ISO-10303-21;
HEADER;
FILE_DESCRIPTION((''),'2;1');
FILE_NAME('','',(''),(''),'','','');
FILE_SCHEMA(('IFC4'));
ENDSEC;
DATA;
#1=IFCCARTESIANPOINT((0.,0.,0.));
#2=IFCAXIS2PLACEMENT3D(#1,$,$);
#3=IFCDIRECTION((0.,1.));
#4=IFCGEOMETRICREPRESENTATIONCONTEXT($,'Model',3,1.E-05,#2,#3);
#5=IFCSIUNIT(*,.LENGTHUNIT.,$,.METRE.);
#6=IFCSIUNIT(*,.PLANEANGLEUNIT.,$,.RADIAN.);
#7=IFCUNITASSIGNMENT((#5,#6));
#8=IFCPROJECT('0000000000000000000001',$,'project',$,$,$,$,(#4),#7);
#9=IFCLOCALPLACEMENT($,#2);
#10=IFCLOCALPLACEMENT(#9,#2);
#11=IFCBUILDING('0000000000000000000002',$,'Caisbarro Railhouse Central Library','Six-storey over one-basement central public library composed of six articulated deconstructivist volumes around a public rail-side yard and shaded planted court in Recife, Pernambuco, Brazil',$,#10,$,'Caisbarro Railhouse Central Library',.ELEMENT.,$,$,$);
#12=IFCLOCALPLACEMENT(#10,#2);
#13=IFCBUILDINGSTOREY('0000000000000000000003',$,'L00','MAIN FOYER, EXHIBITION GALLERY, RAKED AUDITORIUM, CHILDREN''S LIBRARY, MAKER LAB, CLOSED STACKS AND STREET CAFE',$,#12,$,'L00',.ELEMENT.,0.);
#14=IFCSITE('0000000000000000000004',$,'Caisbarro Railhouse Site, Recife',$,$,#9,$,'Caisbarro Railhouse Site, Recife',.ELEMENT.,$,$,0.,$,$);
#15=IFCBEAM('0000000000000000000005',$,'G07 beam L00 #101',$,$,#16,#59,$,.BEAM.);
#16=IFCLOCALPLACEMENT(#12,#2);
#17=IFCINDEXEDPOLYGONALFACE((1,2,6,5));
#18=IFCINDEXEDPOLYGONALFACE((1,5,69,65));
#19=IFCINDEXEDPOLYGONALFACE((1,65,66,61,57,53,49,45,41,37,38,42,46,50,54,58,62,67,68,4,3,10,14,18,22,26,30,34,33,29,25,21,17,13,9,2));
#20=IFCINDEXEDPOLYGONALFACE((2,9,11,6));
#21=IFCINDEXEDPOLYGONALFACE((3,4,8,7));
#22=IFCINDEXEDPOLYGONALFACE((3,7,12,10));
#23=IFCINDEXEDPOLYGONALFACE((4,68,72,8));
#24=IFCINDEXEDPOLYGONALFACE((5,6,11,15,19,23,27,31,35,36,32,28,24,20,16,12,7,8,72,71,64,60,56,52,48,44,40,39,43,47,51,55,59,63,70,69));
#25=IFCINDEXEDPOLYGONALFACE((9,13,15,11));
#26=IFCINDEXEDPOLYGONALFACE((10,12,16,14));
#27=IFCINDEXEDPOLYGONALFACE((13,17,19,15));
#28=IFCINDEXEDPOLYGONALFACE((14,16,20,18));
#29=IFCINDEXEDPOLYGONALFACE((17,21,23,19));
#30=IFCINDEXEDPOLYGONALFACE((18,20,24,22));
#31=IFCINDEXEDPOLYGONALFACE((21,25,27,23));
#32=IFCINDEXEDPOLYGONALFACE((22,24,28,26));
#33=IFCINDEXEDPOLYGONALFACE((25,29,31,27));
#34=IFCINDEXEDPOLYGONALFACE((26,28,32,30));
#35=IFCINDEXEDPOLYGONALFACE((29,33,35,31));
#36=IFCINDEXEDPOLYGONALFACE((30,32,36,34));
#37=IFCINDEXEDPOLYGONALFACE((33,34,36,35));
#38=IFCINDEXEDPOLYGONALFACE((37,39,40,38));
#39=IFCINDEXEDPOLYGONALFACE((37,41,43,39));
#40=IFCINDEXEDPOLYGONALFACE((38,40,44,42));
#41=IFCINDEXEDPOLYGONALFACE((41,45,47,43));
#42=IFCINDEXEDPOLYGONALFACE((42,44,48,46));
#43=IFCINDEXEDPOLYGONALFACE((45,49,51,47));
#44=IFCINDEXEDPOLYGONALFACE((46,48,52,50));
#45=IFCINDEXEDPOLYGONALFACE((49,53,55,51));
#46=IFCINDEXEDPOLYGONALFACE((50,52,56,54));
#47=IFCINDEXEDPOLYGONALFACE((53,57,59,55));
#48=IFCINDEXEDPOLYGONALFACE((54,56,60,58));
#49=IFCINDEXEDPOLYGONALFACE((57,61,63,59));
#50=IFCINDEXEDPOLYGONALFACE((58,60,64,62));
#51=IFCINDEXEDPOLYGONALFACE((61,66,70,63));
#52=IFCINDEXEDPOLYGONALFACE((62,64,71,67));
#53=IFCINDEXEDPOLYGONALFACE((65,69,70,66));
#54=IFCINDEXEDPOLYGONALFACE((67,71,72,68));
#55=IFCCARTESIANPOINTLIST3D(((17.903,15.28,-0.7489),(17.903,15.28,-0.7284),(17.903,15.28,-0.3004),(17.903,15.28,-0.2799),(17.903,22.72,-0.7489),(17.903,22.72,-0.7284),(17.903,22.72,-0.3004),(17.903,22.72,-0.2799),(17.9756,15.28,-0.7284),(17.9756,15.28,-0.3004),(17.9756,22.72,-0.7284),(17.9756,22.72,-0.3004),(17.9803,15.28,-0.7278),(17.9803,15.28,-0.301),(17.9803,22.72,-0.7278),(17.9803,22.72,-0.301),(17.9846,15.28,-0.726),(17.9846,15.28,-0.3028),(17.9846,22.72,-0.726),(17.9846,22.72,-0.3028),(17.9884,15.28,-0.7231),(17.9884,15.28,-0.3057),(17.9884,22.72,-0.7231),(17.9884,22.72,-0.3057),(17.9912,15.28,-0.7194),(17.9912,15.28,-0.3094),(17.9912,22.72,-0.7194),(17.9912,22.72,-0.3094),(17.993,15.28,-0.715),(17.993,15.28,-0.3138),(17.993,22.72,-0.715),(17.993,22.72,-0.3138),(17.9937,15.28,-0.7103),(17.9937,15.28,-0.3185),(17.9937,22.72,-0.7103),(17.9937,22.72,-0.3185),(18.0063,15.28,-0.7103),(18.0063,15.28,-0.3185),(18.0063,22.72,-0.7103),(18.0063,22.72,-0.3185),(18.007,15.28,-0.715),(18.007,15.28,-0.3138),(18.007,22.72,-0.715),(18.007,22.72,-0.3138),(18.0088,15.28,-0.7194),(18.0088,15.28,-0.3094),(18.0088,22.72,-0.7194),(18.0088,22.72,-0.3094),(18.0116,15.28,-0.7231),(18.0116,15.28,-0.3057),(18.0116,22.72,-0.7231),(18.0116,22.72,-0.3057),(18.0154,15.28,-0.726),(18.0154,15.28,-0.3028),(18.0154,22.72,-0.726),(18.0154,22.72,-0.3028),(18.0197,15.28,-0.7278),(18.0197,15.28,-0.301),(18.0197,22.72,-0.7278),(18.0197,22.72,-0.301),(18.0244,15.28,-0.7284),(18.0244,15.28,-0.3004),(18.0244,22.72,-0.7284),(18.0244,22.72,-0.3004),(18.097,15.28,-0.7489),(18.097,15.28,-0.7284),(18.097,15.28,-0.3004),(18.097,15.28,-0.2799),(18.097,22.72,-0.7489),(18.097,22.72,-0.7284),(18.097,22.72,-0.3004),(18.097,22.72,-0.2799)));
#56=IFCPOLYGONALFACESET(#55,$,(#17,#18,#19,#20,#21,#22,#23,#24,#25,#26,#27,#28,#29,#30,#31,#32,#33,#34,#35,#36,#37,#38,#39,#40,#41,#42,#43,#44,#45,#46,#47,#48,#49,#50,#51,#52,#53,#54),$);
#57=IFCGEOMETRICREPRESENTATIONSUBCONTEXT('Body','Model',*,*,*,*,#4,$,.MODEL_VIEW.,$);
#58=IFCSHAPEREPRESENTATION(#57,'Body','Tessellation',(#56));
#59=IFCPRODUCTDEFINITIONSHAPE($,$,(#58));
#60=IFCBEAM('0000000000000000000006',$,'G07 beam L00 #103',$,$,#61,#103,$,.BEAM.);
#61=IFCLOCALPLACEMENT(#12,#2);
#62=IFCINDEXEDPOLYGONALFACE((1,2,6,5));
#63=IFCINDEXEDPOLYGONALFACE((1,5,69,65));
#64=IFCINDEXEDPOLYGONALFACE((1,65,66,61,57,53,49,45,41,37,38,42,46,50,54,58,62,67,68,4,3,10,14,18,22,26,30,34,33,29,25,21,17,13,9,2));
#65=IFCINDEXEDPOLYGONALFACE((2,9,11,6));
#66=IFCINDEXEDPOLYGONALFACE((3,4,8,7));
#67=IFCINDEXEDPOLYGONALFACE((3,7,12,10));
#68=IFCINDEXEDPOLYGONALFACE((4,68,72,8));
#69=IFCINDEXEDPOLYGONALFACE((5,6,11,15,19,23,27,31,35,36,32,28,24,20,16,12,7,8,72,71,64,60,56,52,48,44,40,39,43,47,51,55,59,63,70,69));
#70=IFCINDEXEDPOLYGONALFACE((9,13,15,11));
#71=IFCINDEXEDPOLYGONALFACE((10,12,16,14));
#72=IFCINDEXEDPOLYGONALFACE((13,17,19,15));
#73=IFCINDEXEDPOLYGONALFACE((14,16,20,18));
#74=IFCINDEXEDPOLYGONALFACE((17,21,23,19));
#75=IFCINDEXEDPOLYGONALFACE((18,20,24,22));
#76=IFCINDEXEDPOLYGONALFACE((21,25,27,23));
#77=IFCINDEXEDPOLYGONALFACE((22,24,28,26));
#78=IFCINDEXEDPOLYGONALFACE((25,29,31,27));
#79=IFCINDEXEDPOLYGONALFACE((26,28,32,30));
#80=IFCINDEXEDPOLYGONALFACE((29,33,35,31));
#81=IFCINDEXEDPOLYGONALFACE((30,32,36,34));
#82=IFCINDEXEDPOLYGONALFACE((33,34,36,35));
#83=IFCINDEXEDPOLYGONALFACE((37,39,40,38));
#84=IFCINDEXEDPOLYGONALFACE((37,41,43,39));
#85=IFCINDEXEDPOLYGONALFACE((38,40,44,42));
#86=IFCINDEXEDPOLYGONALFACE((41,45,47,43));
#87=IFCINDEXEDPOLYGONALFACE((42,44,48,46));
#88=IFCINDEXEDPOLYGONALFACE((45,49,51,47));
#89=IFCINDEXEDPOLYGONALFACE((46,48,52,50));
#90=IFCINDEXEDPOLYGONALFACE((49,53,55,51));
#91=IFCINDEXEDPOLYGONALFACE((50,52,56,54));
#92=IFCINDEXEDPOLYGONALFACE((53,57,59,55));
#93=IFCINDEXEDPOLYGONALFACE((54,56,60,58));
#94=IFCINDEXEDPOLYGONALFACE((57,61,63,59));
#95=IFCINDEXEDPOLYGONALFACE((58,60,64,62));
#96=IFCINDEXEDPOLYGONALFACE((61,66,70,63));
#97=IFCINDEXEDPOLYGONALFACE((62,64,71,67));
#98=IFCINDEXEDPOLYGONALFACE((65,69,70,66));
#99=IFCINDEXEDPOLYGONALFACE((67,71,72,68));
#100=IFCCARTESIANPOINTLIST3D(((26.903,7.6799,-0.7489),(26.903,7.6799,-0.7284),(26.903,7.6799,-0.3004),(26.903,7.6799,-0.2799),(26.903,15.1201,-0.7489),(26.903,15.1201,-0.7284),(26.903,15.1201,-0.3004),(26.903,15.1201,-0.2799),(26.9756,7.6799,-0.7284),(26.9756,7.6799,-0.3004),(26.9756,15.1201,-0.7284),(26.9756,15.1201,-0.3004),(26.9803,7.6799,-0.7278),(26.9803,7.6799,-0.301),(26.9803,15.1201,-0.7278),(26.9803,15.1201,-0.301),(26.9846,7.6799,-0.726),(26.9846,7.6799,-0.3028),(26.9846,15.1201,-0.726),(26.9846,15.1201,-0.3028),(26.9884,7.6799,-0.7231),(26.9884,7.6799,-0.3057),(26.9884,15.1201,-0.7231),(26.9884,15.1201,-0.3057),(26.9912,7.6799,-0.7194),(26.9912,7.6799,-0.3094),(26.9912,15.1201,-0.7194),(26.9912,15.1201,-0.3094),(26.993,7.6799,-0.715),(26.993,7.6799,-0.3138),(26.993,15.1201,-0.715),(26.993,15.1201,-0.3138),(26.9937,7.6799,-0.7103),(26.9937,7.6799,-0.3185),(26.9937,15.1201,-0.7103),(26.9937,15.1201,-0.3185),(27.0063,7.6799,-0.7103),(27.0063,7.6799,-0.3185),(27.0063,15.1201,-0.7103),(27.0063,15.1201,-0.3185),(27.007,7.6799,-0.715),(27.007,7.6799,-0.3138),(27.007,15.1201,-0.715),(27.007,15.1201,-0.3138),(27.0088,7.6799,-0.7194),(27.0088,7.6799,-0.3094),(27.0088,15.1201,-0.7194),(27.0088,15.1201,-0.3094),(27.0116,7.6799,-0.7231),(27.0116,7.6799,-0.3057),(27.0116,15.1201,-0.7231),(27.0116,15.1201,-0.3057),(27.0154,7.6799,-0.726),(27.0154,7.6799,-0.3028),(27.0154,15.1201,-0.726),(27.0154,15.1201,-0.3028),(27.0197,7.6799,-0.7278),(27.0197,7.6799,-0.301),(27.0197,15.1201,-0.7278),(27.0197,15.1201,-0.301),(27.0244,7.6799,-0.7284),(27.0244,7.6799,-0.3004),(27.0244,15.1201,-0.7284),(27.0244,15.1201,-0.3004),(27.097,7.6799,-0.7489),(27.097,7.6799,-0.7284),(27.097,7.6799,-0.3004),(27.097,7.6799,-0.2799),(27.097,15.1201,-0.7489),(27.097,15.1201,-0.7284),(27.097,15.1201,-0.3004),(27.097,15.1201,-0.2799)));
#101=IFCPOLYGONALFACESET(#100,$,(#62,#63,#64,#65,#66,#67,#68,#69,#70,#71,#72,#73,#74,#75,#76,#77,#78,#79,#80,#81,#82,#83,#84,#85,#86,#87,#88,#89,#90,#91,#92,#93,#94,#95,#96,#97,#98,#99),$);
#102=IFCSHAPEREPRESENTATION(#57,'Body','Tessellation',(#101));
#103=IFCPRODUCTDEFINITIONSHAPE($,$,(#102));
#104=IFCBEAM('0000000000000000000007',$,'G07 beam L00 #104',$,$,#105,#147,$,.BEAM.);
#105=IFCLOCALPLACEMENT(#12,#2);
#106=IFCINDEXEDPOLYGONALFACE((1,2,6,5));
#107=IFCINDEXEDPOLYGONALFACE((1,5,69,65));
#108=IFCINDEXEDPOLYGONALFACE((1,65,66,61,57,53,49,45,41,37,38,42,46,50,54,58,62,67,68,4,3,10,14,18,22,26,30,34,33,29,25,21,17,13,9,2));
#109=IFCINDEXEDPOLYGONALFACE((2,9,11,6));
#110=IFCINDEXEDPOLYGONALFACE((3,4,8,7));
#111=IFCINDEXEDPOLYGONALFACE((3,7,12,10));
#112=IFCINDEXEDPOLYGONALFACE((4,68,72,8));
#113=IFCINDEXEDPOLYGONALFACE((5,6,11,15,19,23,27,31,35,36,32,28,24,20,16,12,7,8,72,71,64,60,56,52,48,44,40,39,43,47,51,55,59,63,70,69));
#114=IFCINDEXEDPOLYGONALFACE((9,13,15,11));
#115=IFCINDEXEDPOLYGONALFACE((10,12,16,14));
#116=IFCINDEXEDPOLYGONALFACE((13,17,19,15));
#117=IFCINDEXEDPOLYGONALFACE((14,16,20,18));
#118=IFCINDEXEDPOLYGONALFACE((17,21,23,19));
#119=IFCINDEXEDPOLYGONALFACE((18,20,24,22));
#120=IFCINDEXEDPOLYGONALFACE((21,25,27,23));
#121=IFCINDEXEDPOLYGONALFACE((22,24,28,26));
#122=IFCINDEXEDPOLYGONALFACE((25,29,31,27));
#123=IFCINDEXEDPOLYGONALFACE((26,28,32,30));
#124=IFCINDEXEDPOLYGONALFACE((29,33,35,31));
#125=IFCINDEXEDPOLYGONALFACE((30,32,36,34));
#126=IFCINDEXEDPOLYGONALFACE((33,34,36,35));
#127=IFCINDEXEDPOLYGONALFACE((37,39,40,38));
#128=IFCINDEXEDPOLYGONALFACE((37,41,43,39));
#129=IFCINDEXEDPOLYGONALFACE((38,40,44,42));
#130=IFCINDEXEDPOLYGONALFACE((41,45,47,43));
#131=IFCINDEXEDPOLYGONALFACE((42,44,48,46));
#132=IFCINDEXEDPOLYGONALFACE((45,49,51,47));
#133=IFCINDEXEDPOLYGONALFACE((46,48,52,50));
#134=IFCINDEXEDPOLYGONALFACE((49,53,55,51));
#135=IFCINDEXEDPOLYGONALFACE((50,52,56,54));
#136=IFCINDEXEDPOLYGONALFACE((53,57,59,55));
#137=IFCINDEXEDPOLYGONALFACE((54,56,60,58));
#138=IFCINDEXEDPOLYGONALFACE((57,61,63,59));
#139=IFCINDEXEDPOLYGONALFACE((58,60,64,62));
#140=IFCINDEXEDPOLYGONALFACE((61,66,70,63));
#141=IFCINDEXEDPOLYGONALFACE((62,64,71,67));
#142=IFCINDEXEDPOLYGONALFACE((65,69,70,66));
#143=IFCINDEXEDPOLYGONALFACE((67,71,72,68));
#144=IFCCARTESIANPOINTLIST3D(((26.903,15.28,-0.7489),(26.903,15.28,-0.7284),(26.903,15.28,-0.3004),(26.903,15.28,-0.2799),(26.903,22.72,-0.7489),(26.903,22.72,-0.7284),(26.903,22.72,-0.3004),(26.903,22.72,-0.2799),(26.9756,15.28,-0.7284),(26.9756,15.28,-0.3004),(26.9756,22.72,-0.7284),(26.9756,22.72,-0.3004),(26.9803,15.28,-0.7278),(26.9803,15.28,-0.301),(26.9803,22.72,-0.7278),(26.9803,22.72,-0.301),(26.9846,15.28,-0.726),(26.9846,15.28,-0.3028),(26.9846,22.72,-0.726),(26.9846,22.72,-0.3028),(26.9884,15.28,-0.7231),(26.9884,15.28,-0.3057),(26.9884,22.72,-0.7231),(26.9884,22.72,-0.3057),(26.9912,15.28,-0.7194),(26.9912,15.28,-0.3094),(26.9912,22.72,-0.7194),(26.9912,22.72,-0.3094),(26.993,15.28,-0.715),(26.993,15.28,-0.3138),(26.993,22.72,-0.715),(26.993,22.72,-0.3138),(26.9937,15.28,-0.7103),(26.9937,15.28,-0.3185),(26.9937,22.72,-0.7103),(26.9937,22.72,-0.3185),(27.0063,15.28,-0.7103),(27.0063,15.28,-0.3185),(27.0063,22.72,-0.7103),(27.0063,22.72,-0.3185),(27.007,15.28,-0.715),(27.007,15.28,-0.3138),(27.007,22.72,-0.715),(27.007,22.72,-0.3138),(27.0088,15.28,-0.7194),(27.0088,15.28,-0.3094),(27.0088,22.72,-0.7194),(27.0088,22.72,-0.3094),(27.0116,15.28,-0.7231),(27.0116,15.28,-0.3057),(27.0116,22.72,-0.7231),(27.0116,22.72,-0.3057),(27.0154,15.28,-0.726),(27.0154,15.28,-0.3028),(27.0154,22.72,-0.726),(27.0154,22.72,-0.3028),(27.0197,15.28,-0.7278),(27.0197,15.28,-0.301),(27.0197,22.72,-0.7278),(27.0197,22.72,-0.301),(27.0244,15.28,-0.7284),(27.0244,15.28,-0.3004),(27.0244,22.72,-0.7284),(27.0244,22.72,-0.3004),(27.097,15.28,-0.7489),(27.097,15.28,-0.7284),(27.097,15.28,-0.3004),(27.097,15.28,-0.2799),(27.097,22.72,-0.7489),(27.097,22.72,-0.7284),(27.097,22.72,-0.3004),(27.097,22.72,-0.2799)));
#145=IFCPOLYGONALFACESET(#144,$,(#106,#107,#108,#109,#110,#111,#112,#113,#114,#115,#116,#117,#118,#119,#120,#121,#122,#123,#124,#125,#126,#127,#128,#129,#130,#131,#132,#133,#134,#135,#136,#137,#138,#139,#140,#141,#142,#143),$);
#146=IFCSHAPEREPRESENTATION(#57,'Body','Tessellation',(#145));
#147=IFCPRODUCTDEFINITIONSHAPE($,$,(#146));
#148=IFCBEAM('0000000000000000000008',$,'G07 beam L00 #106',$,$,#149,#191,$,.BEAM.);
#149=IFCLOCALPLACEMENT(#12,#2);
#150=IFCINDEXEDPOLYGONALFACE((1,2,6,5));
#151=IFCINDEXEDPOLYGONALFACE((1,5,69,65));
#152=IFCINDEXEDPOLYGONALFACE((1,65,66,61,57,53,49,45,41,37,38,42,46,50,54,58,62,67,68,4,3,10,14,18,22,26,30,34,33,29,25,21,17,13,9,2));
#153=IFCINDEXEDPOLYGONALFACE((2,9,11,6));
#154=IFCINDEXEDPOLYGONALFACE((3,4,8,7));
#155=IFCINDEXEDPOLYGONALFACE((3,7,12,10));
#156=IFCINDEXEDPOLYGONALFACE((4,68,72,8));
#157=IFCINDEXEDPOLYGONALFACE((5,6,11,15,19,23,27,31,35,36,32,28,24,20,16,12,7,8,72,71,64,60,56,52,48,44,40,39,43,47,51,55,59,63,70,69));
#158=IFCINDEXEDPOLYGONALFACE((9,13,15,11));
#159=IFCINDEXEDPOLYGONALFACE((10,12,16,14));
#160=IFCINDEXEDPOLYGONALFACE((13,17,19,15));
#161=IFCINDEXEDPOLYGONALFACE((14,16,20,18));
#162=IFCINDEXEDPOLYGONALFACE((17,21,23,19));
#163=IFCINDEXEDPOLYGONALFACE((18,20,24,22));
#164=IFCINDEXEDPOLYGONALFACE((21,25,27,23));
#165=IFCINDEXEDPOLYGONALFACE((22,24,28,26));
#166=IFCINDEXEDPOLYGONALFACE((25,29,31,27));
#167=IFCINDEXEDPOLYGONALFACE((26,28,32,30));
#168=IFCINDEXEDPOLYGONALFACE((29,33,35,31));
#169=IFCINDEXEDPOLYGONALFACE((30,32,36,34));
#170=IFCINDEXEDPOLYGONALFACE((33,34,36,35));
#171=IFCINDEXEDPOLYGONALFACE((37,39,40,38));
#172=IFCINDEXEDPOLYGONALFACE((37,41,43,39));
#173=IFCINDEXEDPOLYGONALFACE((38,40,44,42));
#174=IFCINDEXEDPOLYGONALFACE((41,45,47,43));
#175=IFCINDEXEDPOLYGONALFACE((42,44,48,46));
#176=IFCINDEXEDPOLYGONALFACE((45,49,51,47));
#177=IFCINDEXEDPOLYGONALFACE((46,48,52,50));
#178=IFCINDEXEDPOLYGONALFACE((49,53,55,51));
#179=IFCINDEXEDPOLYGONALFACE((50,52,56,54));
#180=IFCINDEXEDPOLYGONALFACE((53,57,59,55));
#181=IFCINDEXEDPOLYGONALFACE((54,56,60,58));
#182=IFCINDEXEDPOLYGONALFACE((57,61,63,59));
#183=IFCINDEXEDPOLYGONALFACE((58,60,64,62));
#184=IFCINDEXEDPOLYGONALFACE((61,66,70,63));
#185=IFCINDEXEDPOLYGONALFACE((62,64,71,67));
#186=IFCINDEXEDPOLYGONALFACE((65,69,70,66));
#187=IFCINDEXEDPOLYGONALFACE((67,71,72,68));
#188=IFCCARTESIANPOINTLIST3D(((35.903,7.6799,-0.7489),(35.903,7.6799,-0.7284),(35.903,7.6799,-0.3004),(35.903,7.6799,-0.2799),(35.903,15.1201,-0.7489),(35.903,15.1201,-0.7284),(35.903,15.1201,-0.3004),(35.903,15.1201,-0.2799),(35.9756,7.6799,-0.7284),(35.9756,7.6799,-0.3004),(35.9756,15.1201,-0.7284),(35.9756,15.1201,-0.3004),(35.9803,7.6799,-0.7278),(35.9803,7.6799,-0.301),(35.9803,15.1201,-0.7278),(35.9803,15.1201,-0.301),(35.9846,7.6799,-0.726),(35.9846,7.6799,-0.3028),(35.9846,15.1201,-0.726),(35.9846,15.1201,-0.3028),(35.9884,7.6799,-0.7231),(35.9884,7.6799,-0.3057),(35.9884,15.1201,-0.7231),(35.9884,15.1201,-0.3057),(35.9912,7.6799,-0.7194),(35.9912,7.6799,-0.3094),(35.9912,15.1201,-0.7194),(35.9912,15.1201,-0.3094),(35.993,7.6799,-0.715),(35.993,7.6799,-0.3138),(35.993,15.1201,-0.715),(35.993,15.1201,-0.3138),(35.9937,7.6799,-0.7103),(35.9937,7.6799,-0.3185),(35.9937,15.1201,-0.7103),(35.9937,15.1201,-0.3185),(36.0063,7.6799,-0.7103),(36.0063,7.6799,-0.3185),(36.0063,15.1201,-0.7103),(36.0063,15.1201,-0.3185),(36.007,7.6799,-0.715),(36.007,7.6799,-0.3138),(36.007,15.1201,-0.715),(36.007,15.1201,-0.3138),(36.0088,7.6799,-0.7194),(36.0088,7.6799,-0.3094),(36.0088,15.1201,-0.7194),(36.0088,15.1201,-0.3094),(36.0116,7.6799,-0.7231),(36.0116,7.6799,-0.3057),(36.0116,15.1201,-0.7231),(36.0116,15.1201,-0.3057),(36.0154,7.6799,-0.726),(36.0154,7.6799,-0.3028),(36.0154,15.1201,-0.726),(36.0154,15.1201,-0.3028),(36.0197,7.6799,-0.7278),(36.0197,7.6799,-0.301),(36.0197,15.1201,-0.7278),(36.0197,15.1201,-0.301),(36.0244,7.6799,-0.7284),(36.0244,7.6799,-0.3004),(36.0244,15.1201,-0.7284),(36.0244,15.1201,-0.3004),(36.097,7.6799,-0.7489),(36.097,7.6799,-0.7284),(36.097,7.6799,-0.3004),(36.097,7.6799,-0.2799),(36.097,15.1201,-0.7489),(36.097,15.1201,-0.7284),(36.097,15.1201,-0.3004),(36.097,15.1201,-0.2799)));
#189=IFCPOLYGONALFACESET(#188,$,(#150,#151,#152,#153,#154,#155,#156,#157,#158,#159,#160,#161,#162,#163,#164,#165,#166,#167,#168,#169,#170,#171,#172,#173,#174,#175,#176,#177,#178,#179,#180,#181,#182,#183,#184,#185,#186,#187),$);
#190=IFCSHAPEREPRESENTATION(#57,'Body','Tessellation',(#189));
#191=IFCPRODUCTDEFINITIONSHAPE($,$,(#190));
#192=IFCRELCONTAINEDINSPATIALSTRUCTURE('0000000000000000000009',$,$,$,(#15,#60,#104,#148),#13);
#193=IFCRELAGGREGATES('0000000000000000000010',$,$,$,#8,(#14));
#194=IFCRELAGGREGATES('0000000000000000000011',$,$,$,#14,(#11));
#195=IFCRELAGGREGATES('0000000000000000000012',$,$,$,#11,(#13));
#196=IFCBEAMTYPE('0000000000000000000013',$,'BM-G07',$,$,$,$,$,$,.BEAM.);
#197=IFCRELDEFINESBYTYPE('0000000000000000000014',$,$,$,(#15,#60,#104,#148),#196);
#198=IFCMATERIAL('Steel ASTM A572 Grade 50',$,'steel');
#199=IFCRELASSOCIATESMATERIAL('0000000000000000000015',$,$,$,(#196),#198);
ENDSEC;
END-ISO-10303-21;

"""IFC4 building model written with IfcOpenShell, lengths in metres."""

from ifc_helpers import new_model, si_unit, direction, frame, origin, origin_2d, place, context, subcontext, project, spatial, i_section, extrude, material, material_profile, profile_set, type_object, element, save


model = new_model("IFC4")

# Units and contexts
model_context = context("Model", 3, precision=1e-05, world=origin(), true_north=direction((0.0, 1.0)))
body_context = subcontext(model_context, "Body", "Model", "MODEL_VIEW")
ifc_project = project(units=[si_unit("LENGTHUNIT", "METRE"), si_unit("PLANEANGLEUNIT", "RADIAN")], contexts=[model_context])

# Site, building, storey
site_placement = place(None, origin())
site = spatial("IfcSite", under=ifc_project, at=site_placement, Name="Caisbarro Railhouse Site, Recife", LongName="Caisbarro Railhouse Site, Recife", CompositionType="ELEMENT", RefElevation=0.0)
building_placement = place(site_placement, origin())
building = spatial("IfcBuilding", under=site, at=building_placement, Name="Caisbarro Railhouse Central Library", Description="Six-storey over one-basement central public library composed of six articulated deconstructivist volumes around a public rail-side yard and shaded planted court in Recife, Pernambuco, Brazil", LongName="Caisbarro Railhouse Central Library", CompositionType="ELEMENT")
storey_placement = place(building_placement, origin())
storey = spatial("IfcBuildingStorey", under=building, at=storey_placement, Name="L00", Description="MAIN FOYER, EXHIBITION GALLERY, RAKED AUDITORIUM, CHILDREN'S LIBRARY, MAKER LAB, CLOSED STACKS AND STREET CAFE", LongName="L00", CompositionType="ELEMENT", Elevation=0.0)

# Shared definitions
ifc_material_1 = material(Name="Steel ASTM A572 Grade 50", Category="steel")

# Beams
ifc_material_profile_1 = material_profile(ifc_material_1, i_section(OverallWidth=0.1941, OverallDepth=0.469, WebThickness=0.0127, FlangeThickness=0.0205, FilletRadius=0.0181, at=origin_2d()), Name="W460X106.0")
ifc_profile_set_1 = profile_set([ifc_material_profile_1], Name="Steel ASTM A572 Grade 50")
beam_type_1 = type_object("IfcBeamType", Name="BM-G07", PredefinedType="BEAM", material=ifc_profile_set_1)
beam_1_placement = place(storey_placement, frame((18.0, 15.28, -0.5144), z_axis=(0.0, 1.0, 0.0), x_axis=(-1.0, 0.0, 0.0)))
element("IfcBeam", 1, at=beam_1_placement, inside=storey, type_object=beam_type_1, Name="G07 beam L00 #101", PredefinedType="BEAM", context=body_context, shape_type="SweptSolid", body=[
    extrude(i_section(OverallWidth=0.1941, OverallDepth=0.469, WebThickness=0.0127, FlangeThickness=0.0205, FilletRadius=0.0181, at=origin_2d()), origin(), (0.0, 0.0, 1.0), 7.4399),
])
beam_2_placement = place(storey_placement, frame((27.0, 7.6799, -0.5144), z_axis=(0.0, 1.0, 0.0), x_axis=(-1.0, 0.0, 0.0)))
element("IfcBeam", 2, at=beam_2_placement, inside=storey, type_object=beam_type_1, Name="G07 beam L00 #103", PredefinedType="BEAM", context=body_context, shape_type="SweptSolid", body=[
    extrude(i_section(OverallWidth=0.1941, OverallDepth=0.469, WebThickness=0.0127, FlangeThickness=0.0205, FilletRadius=0.0181, at=origin_2d()), origin(), (0.0, 0.0, 1.0), 7.4402),
])
beam_3_placement = place(storey_placement, frame((27.0, 15.28, -0.5144), z_axis=(0.0, 1.0, 0.0), x_axis=(-1.0, 0.0, 0.0)))
element("IfcBeam", 3, at=beam_3_placement, inside=storey, type_object=beam_type_1, Name="G07 beam L00 #104", PredefinedType="BEAM", context=body_context, shape_type="SweptSolid", body=[
    extrude(i_section(OverallWidth=0.1941, OverallDepth=0.469, WebThickness=0.0127, FlangeThickness=0.0205, FilletRadius=0.0181, at=origin_2d()), origin(), (0.0, 0.0, 1.0), 7.4399),
])
beam_4_placement = place(storey_placement, frame((36.0, 7.6799, -0.5144), z_axis=(0.0, 1.0, 0.0), x_axis=(-1.0, 0.0, 0.0)))
element("IfcBeam", 4, at=beam_4_placement, inside=storey, type_object=beam_type_1, Name="G07 beam L00 #106", PredefinedType="BEAM", context=body_context, shape_type="SweptSolid", body=[
    extrude(i_section(OverallWidth=0.1941, OverallDepth=0.469, WebThickness=0.0127, FlangeThickness=0.0205, FilletRadius=0.0181, at=origin_2d()), origin(), (0.0, 0.0, 1.0), 7.4402),
])

save(model, "model.ifc")
